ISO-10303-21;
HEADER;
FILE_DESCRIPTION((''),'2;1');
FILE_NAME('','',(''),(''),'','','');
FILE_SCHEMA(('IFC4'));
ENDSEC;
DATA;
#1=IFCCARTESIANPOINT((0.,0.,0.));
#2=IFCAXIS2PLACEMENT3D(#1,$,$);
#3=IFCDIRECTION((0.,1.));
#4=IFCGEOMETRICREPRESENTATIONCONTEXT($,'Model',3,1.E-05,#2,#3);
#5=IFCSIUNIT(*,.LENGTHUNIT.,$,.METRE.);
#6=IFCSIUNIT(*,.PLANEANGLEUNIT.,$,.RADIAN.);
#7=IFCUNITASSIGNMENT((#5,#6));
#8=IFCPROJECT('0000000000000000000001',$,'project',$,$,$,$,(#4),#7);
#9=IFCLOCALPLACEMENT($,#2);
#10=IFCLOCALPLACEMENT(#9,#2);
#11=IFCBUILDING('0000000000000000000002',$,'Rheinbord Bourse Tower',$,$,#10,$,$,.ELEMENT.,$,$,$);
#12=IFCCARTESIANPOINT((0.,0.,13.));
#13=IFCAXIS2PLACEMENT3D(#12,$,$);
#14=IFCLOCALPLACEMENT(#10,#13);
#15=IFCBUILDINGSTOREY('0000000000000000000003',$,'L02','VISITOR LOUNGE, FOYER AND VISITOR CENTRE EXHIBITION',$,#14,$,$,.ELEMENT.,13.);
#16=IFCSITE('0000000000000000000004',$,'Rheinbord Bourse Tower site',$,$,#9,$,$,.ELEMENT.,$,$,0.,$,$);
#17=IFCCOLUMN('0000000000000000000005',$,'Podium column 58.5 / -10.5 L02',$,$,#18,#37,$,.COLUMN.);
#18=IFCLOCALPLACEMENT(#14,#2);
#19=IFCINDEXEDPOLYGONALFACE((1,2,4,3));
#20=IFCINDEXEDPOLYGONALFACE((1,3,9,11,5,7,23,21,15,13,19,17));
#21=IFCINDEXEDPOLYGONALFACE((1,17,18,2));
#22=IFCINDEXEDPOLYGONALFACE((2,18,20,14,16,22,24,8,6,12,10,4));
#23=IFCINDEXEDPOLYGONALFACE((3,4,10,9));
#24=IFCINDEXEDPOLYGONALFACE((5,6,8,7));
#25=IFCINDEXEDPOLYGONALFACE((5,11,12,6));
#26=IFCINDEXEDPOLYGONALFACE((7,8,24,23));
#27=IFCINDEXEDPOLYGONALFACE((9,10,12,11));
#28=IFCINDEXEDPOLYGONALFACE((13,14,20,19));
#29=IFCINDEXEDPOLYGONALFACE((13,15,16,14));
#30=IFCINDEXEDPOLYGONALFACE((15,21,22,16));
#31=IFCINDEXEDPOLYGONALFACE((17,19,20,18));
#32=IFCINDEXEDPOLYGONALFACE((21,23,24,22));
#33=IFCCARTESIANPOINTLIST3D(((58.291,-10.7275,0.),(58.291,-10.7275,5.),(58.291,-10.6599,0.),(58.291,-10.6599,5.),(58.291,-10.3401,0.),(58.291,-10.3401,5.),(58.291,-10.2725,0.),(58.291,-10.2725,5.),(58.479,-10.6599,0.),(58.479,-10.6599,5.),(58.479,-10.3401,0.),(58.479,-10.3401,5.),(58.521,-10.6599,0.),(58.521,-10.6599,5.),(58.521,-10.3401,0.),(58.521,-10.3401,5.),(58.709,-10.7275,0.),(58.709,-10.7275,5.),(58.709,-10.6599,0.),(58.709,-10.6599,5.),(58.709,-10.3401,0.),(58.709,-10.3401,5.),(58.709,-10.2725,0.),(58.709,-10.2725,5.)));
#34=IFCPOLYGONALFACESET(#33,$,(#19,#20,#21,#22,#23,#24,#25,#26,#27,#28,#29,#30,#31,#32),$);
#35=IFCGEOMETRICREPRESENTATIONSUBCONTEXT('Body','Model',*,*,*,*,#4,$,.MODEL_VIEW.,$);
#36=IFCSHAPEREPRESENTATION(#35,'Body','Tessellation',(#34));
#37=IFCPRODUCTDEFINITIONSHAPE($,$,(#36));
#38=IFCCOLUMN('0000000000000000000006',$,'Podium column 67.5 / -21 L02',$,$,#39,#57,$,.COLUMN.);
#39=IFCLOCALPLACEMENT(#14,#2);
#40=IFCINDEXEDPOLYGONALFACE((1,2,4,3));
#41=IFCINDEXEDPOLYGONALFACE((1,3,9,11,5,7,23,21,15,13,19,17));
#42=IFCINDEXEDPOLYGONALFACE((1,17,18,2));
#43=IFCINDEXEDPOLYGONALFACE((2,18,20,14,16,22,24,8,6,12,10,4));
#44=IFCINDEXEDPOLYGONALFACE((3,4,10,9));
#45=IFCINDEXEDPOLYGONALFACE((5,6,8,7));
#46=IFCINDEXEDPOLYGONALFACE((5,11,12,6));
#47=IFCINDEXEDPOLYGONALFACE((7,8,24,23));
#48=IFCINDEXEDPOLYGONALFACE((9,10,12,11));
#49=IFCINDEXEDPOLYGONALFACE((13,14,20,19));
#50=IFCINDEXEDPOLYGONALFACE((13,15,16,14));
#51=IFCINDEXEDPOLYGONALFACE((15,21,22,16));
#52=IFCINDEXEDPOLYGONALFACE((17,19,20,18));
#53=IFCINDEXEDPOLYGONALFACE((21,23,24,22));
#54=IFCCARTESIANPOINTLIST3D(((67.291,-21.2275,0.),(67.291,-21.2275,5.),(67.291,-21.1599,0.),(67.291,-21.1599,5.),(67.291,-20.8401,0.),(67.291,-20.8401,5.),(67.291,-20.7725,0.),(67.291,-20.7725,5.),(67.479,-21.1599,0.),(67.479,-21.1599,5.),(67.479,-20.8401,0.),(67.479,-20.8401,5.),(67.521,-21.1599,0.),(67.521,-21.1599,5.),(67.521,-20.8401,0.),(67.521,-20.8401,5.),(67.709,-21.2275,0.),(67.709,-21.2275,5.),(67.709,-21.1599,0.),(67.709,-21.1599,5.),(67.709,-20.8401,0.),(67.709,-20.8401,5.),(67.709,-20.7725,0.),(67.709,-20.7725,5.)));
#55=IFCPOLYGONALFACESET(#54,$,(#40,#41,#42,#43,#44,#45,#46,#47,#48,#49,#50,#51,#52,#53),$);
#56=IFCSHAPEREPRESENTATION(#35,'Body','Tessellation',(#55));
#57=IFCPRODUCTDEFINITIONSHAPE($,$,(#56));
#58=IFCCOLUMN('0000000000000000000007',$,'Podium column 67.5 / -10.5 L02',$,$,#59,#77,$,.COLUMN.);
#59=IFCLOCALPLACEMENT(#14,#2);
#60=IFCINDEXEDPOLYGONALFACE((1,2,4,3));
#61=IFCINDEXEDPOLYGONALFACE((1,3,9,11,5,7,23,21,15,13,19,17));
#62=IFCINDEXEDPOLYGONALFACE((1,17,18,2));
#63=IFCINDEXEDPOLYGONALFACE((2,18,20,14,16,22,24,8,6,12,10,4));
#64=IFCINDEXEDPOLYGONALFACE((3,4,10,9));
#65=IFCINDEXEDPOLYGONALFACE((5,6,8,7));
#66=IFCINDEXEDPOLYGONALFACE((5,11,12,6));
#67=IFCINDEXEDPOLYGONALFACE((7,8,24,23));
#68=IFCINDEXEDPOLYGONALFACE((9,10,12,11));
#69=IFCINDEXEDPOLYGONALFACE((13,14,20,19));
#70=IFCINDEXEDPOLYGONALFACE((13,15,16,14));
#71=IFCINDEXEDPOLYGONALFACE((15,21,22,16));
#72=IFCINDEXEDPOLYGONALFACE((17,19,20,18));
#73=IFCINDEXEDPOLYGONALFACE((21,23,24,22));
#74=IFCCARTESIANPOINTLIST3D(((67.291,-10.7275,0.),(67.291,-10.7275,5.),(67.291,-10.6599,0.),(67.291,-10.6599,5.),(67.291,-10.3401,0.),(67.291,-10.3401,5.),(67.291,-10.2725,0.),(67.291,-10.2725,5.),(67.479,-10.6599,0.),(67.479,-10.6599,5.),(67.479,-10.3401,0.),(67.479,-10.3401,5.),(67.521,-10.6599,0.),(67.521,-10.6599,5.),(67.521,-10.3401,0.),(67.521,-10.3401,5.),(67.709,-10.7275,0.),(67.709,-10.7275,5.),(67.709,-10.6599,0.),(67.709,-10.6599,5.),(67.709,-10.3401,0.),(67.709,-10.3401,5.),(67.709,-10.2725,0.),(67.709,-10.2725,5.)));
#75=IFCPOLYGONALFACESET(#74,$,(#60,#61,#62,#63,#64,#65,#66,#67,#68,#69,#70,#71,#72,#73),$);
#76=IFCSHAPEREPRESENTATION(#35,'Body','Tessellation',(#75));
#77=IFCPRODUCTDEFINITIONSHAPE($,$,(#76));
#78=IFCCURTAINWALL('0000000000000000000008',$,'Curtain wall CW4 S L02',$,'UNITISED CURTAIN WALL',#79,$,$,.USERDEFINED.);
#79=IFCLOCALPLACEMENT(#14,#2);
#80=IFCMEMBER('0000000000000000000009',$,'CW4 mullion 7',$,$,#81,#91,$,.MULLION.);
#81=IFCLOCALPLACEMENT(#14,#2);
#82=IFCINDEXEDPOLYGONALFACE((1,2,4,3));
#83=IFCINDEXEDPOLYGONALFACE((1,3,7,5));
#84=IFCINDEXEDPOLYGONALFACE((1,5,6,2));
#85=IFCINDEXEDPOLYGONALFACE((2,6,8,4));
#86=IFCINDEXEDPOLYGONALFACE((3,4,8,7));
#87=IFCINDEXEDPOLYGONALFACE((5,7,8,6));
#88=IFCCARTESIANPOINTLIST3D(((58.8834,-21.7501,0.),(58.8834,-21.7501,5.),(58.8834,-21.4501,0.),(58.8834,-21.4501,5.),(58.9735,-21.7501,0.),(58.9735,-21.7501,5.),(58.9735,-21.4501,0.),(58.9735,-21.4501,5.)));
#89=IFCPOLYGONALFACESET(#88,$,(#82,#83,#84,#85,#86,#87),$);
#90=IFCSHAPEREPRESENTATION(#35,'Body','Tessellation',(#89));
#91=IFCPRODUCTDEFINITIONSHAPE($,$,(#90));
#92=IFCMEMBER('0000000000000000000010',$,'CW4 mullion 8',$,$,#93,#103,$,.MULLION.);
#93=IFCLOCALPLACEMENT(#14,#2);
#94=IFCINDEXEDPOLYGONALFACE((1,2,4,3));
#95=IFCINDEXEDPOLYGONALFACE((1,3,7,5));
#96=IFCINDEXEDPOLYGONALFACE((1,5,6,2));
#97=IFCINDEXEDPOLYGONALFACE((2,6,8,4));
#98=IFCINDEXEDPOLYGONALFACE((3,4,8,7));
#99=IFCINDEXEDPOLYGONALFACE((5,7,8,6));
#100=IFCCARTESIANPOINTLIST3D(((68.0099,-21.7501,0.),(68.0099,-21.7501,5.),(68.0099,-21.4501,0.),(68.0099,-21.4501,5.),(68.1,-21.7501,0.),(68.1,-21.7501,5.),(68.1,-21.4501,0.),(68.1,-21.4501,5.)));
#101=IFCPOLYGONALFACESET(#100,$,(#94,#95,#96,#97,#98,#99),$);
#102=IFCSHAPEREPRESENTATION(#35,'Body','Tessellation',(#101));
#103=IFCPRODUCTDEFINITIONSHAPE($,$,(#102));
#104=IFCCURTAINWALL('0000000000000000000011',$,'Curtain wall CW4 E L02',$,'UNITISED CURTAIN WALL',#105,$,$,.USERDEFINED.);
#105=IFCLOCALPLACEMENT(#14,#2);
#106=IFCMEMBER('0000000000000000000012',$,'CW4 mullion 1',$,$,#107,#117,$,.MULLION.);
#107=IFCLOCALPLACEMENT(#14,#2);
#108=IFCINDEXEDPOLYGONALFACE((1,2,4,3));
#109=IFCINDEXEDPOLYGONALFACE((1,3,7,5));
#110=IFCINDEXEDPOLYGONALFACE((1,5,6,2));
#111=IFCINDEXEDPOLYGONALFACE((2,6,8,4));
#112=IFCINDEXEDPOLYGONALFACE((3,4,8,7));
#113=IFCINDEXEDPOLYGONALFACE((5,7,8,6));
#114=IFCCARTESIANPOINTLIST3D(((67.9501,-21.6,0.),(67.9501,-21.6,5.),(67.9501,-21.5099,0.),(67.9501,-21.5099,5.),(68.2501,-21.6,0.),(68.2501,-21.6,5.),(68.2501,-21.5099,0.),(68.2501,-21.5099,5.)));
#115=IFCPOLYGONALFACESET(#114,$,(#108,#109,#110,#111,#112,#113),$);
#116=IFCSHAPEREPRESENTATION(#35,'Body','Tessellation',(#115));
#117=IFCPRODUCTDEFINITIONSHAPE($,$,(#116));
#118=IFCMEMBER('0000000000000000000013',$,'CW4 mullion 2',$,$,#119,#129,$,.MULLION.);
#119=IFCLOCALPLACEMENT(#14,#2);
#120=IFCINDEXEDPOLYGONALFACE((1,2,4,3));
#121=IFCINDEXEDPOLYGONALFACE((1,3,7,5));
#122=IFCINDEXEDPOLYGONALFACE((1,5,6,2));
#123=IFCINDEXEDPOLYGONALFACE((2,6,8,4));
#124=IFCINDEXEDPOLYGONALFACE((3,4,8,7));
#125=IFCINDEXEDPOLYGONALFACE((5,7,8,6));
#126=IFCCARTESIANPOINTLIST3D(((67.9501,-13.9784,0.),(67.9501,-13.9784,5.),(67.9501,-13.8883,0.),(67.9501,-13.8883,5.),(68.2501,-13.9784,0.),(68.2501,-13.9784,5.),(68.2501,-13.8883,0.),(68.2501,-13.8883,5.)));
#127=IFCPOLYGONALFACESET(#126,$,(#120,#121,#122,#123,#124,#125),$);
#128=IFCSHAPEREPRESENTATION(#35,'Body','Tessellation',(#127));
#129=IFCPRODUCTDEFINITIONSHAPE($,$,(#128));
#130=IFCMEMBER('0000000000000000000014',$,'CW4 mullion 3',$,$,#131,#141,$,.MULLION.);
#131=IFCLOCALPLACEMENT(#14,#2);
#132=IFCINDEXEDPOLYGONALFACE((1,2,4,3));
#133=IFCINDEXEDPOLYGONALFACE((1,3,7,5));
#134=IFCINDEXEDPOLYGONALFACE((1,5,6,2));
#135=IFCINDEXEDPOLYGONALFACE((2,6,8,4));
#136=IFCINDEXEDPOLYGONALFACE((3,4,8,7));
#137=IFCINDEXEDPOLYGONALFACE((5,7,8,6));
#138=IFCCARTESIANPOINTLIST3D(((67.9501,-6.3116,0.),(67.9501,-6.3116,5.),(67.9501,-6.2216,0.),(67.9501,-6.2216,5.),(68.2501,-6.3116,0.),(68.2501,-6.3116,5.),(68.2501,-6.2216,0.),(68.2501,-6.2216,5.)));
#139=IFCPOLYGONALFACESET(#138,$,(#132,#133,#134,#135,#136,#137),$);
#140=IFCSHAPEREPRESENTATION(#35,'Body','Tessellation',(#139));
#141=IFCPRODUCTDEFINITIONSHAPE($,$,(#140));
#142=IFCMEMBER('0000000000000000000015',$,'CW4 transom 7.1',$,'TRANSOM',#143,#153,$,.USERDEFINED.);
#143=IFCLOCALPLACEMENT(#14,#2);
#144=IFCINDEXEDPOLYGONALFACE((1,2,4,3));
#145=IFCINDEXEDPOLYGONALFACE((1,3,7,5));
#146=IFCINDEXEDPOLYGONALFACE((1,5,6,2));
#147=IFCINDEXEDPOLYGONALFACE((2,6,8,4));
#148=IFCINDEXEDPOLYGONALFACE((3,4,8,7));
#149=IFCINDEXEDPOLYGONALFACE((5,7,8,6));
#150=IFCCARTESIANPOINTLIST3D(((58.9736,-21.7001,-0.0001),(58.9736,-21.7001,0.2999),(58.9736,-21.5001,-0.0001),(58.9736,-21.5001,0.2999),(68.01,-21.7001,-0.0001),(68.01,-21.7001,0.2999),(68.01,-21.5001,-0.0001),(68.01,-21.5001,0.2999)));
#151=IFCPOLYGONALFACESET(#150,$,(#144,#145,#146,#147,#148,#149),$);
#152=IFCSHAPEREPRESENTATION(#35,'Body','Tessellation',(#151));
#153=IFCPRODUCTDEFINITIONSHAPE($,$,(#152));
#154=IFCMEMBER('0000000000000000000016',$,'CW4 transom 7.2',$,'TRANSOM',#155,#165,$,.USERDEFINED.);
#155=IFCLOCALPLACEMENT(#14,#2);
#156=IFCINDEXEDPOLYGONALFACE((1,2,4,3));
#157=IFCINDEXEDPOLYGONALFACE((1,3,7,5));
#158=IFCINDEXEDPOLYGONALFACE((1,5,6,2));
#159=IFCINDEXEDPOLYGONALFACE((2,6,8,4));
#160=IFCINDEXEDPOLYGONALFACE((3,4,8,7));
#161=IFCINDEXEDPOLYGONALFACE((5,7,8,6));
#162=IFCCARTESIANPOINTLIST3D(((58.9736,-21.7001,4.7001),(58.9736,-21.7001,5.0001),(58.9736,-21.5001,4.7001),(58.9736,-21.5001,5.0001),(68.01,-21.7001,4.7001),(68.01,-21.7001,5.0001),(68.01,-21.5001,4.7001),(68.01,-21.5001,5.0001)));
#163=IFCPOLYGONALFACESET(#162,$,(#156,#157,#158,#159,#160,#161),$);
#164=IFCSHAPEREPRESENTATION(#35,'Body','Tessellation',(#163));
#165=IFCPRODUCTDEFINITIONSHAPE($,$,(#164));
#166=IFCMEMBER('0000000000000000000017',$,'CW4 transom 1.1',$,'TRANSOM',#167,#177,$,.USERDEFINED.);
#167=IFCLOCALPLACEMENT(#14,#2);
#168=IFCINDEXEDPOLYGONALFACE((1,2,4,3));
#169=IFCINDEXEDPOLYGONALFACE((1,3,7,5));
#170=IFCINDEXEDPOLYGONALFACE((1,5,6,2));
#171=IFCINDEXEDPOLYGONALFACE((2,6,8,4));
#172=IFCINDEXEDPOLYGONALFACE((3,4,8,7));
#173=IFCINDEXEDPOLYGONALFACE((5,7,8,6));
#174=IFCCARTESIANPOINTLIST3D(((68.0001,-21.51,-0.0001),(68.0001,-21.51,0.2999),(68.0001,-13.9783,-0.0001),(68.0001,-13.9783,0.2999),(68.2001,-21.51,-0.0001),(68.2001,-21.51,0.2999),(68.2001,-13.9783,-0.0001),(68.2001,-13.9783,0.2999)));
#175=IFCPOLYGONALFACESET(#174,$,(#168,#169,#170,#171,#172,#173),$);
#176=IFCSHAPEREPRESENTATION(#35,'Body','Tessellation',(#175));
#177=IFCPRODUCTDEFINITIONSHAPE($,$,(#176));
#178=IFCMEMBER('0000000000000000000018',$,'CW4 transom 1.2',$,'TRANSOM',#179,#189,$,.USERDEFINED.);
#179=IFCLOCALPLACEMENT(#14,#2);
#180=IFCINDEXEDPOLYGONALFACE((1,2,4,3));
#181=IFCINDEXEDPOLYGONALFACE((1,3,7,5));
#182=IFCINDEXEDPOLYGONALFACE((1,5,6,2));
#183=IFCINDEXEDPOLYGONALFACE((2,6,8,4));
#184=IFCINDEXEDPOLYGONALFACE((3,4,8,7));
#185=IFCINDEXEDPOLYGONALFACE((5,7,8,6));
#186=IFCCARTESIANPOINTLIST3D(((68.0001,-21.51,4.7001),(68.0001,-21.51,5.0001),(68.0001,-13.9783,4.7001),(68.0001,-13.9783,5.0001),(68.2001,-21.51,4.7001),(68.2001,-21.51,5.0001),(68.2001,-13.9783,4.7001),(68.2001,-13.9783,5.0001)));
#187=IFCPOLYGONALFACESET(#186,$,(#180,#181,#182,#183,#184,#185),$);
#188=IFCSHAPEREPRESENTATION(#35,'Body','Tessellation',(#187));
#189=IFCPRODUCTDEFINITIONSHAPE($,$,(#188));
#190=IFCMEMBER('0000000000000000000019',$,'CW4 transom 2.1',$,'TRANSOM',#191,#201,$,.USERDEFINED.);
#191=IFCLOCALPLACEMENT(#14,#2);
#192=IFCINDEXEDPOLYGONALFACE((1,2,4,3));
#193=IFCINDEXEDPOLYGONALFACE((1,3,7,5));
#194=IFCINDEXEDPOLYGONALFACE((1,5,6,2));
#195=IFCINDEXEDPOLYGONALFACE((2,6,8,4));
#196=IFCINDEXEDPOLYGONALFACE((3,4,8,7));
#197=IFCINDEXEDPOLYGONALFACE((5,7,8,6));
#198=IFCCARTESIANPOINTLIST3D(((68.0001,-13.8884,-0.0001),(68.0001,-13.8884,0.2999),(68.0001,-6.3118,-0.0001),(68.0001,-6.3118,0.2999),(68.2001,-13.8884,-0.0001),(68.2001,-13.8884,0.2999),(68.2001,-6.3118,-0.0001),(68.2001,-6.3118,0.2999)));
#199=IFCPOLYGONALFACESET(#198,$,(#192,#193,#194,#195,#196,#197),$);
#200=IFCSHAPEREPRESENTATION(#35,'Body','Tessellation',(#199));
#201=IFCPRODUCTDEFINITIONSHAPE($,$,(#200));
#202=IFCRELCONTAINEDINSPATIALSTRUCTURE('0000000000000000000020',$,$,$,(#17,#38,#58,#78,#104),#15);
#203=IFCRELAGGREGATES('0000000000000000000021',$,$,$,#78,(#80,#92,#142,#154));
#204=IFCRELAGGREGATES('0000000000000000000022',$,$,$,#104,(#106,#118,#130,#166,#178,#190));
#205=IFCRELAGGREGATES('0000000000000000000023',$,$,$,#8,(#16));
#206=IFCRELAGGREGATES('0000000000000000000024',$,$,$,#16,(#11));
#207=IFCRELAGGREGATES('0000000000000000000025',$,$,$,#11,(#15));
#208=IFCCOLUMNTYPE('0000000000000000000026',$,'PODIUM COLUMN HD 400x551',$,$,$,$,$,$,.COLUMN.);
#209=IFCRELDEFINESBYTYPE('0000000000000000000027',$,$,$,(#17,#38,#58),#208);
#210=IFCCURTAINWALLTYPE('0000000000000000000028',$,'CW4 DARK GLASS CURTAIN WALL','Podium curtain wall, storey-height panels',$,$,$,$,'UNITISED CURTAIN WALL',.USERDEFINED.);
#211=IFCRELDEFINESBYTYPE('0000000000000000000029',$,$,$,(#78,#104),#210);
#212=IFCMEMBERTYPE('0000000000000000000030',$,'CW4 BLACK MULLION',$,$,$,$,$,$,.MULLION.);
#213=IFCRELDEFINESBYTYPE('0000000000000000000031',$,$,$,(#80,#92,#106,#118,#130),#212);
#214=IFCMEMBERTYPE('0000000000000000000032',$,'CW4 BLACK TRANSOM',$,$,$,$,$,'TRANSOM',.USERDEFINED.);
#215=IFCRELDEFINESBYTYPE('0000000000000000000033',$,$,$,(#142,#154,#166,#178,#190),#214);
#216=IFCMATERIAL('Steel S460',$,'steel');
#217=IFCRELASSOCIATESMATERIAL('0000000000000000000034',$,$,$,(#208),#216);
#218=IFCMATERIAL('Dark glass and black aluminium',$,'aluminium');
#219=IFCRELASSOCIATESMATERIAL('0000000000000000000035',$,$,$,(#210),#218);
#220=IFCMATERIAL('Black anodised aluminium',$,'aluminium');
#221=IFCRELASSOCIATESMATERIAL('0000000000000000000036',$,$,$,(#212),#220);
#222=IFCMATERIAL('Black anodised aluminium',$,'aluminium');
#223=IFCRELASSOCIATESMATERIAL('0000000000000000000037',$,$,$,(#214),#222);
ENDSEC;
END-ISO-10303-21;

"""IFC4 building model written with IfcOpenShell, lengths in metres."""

from ifc_helpers import new_model, si_unit, direction, frame, origin, origin_2d, place, context, subcontext, project, spatial, rectangle, i_section, extrude, material, material_profile, profile_set, type_object, element, aggregate, save


model = new_model("IFC4")

# Units and contexts
model_context = context("Model", 3, precision=1e-05, world=origin(), true_north=direction((0.0, 1.0)))
body_context = subcontext(model_context, "Body", "Model", "MODEL_VIEW")
ifc_project = project(units=[si_unit("LENGTHUNIT", "METRE"), si_unit("PLANEANGLEUNIT", "RADIAN")], contexts=[model_context])

# Site, building, storey
site_placement = place(None, origin())
site = spatial("IfcSite", under=ifc_project, at=site_placement, Name="Rheinbord Bourse Tower site", CompositionType="ELEMENT", RefElevation=0.0)
building_placement = place(site_placement, origin())
building = spatial("IfcBuilding", under=site, at=building_placement, Name="Rheinbord Bourse Tower", CompositionType="ELEMENT")
storey_placement = place(building_placement, frame((0.0, 0.0, 13.0)))
storey = spatial("IfcBuildingStorey", under=building, at=storey_placement, Name="L02", Description="VISITOR LOUNGE, FOYER AND VISITOR CENTRE EXHIBITION", CompositionType="ELEMENT", Elevation=13.0)

# Columns
ifc_material_1 = material(Name="Steel S460", Category="steel")
ifc_material_profile_1 = material_profile(ifc_material_1, i_section(OverallWidth=0.418, OverallDepth=0.4551, WebThickness=0.042, FlangeThickness=0.0676, at=origin_2d()), Name="HD 400x551")
ifc_profile_set_1 = profile_set([ifc_material_profile_1], Name="Steel S460")
column_type = type_object("IfcColumnType", Name="PODIUM COLUMN HD 400x551", PredefinedType="COLUMN", material=ifc_profile_set_1)
for number, where, z_axis, x_axis, name in (
    (1, (58.5, -10.5, 0.0), (0.0, 0.0, 1.0), (1.0, 0.0, 0.0), "Podium column 58.5 / -10.5 L02"),
    (2, (67.5, -21.0, 0.0), (0.0, 0.0, 1.0), (1.0, 0.0, 0.0), "Podium column 67.5 / -21 L02"),
    (3, (67.5, -10.5, 0.0), (0.0, 0.0, 1.0), (1.0, 0.0, 0.0), "Podium column 67.5 / -10.5 L02"),
):
    element("IfcColumn", number, at=place(storey_placement, frame(where, z_axis=z_axis, x_axis=x_axis)), inside=storey, type_object=column_type, Name=name, PredefinedType="COLUMN", context=body_context, shape_type="SweptSolid", body=[
        extrude(i_section(OverallWidth=0.418, OverallDepth=0.4551, WebThickness=0.042, FlangeThickness=0.0676, at=origin_2d()), origin(), (0.0, 0.0, 1.0), 5.0),
    ])

# Curtain walls, members
ifc_material_2 = material(Name="Dark glass and black aluminium", Category="aluminium")
curtain_wall_type = type_object("IfcCurtainWallType", Name="CW4 DARK GLASS CURTAIN WALL", Description="Podium curtain wall, storey-height panels", ElementType="UNITISED CURTAIN WALL", PredefinedType="USERDEFINED", material=ifc_material_2)
curtain_wall_1_placement = place(storey_placement, origin())
curtain_wall_1 = element("IfcCurtainWall", 4, at=curtain_wall_1_placement, inside=storey, type_object=curtain_wall_type, Name="Curtain wall CW4 S L02", ObjectType="UNITISED CURTAIN WALL", PredefinedType="USERDEFINED")
ifc_material_3 = material(Name="Black anodised aluminium", Category="aluminium")
ifc_material_profile_2 = material_profile(ifc_material_3, rectangle(XDim=0.3, YDim=0.0901, at=origin_2d()), Name="CW4 MULLION 90x300")
ifc_profile_set_2 = profile_set([ifc_material_profile_2], Name="Black anodised aluminium")
member_type_1 = type_object("IfcMemberType", Name="CW4 BLACK MULLION", PredefinedType="MULLION", material=ifc_profile_set_2)
member_1_placement = place(storey_placement, frame((58.9285, -21.6001, 0.0), z_axis=(0.0, 0.0, 1.0), x_axis=(0.0, 1.0, 0.0)))
member_1 = element("IfcMember", 5, at=member_1_placement, type_object=member_type_1, Name="CW4 mullion 7", PredefinedType="MULLION", context=body_context, shape_type="SweptSolid", body=[
    extrude(rectangle(XDim=0.3, YDim=0.0901, at=origin_2d()), origin(), (0.0, 0.0, 1.0), 5.0),
])
member_2_placement = place(storey_placement, frame((68.0549, -21.6001, 0.0), z_axis=(0.0, 0.0, 1.0), x_axis=(0.0, 1.0, 0.0)))
member_2 = element("IfcMember", 6, at=member_2_placement, type_object=member_type_1, Name="CW4 mullion 8", PredefinedType="MULLION", context=body_context, shape_type="SweptSolid", body=[
    extrude(rectangle(XDim=0.3, YDim=0.0901, at=origin_2d()), origin(), (0.0, 0.0, 1.0), 5.0),
])
curtain_wall_2_placement = place(storey_placement, origin())
curtain_wall_2 = element("IfcCurtainWall", 7, at=curtain_wall_2_placement, inside=storey, type_object=curtain_wall_type, Name="Curtain wall CW4 E L02", ObjectType="UNITISED CURTAIN WALL", PredefinedType="USERDEFINED")
member_3_placement = place(storey_placement, frame((68.1001, -21.5549, 0.0), z_axis=(0.0, 0.0, 1.0), x_axis=(-1.0, 0.0, 0.0)))
member_3 = element("IfcMember", 8, at=member_3_placement, type_object=member_type_1, Name="CW4 mullion 1", PredefinedType="MULLION", context=body_context, shape_type="SweptSolid", body=[
    extrude(rectangle(XDim=0.3, YDim=0.0901, at=origin_2d()), origin(), (0.0, 0.0, 1.0), 5.0),
])
member_4_placement = place(storey_placement, frame((68.1001, -13.9333, 0.0), z_axis=(0.0, 0.0, 1.0), x_axis=(-1.0, 0.0, 0.0)))
member_4 = element("IfcMember", 9, at=member_4_placement, type_object=member_type_1, Name="CW4 mullion 2", PredefinedType="MULLION", context=body_context, shape_type="SweptSolid", body=[
    extrude(rectangle(XDim=0.3, YDim=0.0901, at=origin_2d()), origin(), (0.0, 0.0, 1.0), 5.0),
])
member_5_placement = place(storey_placement, frame((68.1001, -6.2666, 0.0), z_axis=(0.0, 0.0, 1.0), x_axis=(-1.0, 0.0, 0.0)))
member_5 = element("IfcMember", 10, at=member_5_placement, type_object=member_type_1, Name="CW4 mullion 3", PredefinedType="MULLION", context=body_context, shape_type="SweptSolid", body=[
    extrude(rectangle(XDim=0.3, YDim=0.0901, at=origin_2d()), origin(), (0.0, 0.0, 1.0), 5.0),
])

# Members
ifc_material_4 = material(Name="Black anodised aluminium", Category="aluminium")
ifc_material_profile_3 = material_profile(ifc_material_4, rectangle(XDim=0.2, YDim=0.3, at=origin_2d()), Name="CW4 TRANSOM 300x200")
ifc_profile_set_3 = profile_set([ifc_material_profile_3], Name="Black anodised aluminium")
member_type_2 = type_object("IfcMemberType", Name="CW4 BLACK TRANSOM", ElementType="TRANSOM", PredefinedType="USERDEFINED", material=ifc_profile_set_3)
member_6_placement = place(storey_placement, frame((58.9736, -21.6001, 0.1499), z_axis=(1.0, 0.0, 0.0), x_axis=(0.0, 1.0, 0.0)))
member_6 = element("IfcMember", 11, at=member_6_placement, type_object=member_type_2, Name="CW4 transom 7.1", ObjectType="TRANSOM", PredefinedType="USERDEFINED", context=body_context, shape_type="SweptSolid", body=[
    extrude(rectangle(XDim=0.2, YDim=0.3, at=origin_2d()), origin(), (0.0, 0.0, 1.0), 9.0364),
])
member_7_placement = place(storey_placement, frame((58.9736, -21.6001, 4.8501), z_axis=(1.0, 0.0, 0.0), x_axis=(0.0, 1.0, 0.0)))
member_7 = element("IfcMember", 12, at=member_7_placement, type_object=member_type_2, Name="CW4 transom 7.2", ObjectType="TRANSOM", PredefinedType="USERDEFINED", context=body_context, shape_type="SweptSolid", body=[
    extrude(rectangle(XDim=0.2, YDim=0.3, at=origin_2d()), origin(), (0.0, 0.0, 1.0), 9.0364),
])
member_8_placement = place(storey_placement, frame((68.1001, -21.51, 0.1499), z_axis=(0.0, 1.0, 0.0), x_axis=(-1.0, 0.0, 0.0)))
member_8 = element("IfcMember", 13, at=member_8_placement, type_object=member_type_2, Name="CW4 transom 1.1", ObjectType="TRANSOM", PredefinedType="USERDEFINED", context=body_context, shape_type="SweptSolid", body=[
    extrude(rectangle(XDim=0.2, YDim=0.3, at=origin_2d()), origin(), (0.0, 0.0, 1.0), 7.5317),
])
member_9_placement = place(storey_placement, frame((68.1001, -21.51, 4.8501), z_axis=(0.0, 1.0, 0.0), x_axis=(-1.0, 0.0, 0.0)))
member_9 = element("IfcMember", 14, at=member_9_placement, type_object=member_type_2, Name="CW4 transom 1.2", ObjectType="TRANSOM", PredefinedType="USERDEFINED", context=body_context, shape_type="SweptSolid", body=[
    extrude(rectangle(XDim=0.2, YDim=0.3, at=origin_2d()), origin(), (0.0, 0.0, 1.0), 7.5317),
])
member_10_placement = place(storey_placement, frame((68.1001, -13.8884, 0.1499), z_axis=(0.0, 1.0, 0.0), x_axis=(-1.0, 0.0, 0.0)))
member_10 = element("IfcMember", 15, at=member_10_placement, type_object=member_type_2, Name="CW4 transom 2.1", ObjectType="TRANSOM", PredefinedType="USERDEFINED", context=body_context, shape_type="SweptSolid", body=[
    extrude(rectangle(XDim=0.2, YDim=0.3, at=origin_2d()), origin(), (0.0, 0.0, 1.0), 7.5767),
])

aggregate(curtain_wall_1, [member_1, member_2, member_6, member_7])
aggregate(curtain_wall_2, [member_3, member_4, member_5, member_8, member_9, member_10])

save(model, "model.ifc")
